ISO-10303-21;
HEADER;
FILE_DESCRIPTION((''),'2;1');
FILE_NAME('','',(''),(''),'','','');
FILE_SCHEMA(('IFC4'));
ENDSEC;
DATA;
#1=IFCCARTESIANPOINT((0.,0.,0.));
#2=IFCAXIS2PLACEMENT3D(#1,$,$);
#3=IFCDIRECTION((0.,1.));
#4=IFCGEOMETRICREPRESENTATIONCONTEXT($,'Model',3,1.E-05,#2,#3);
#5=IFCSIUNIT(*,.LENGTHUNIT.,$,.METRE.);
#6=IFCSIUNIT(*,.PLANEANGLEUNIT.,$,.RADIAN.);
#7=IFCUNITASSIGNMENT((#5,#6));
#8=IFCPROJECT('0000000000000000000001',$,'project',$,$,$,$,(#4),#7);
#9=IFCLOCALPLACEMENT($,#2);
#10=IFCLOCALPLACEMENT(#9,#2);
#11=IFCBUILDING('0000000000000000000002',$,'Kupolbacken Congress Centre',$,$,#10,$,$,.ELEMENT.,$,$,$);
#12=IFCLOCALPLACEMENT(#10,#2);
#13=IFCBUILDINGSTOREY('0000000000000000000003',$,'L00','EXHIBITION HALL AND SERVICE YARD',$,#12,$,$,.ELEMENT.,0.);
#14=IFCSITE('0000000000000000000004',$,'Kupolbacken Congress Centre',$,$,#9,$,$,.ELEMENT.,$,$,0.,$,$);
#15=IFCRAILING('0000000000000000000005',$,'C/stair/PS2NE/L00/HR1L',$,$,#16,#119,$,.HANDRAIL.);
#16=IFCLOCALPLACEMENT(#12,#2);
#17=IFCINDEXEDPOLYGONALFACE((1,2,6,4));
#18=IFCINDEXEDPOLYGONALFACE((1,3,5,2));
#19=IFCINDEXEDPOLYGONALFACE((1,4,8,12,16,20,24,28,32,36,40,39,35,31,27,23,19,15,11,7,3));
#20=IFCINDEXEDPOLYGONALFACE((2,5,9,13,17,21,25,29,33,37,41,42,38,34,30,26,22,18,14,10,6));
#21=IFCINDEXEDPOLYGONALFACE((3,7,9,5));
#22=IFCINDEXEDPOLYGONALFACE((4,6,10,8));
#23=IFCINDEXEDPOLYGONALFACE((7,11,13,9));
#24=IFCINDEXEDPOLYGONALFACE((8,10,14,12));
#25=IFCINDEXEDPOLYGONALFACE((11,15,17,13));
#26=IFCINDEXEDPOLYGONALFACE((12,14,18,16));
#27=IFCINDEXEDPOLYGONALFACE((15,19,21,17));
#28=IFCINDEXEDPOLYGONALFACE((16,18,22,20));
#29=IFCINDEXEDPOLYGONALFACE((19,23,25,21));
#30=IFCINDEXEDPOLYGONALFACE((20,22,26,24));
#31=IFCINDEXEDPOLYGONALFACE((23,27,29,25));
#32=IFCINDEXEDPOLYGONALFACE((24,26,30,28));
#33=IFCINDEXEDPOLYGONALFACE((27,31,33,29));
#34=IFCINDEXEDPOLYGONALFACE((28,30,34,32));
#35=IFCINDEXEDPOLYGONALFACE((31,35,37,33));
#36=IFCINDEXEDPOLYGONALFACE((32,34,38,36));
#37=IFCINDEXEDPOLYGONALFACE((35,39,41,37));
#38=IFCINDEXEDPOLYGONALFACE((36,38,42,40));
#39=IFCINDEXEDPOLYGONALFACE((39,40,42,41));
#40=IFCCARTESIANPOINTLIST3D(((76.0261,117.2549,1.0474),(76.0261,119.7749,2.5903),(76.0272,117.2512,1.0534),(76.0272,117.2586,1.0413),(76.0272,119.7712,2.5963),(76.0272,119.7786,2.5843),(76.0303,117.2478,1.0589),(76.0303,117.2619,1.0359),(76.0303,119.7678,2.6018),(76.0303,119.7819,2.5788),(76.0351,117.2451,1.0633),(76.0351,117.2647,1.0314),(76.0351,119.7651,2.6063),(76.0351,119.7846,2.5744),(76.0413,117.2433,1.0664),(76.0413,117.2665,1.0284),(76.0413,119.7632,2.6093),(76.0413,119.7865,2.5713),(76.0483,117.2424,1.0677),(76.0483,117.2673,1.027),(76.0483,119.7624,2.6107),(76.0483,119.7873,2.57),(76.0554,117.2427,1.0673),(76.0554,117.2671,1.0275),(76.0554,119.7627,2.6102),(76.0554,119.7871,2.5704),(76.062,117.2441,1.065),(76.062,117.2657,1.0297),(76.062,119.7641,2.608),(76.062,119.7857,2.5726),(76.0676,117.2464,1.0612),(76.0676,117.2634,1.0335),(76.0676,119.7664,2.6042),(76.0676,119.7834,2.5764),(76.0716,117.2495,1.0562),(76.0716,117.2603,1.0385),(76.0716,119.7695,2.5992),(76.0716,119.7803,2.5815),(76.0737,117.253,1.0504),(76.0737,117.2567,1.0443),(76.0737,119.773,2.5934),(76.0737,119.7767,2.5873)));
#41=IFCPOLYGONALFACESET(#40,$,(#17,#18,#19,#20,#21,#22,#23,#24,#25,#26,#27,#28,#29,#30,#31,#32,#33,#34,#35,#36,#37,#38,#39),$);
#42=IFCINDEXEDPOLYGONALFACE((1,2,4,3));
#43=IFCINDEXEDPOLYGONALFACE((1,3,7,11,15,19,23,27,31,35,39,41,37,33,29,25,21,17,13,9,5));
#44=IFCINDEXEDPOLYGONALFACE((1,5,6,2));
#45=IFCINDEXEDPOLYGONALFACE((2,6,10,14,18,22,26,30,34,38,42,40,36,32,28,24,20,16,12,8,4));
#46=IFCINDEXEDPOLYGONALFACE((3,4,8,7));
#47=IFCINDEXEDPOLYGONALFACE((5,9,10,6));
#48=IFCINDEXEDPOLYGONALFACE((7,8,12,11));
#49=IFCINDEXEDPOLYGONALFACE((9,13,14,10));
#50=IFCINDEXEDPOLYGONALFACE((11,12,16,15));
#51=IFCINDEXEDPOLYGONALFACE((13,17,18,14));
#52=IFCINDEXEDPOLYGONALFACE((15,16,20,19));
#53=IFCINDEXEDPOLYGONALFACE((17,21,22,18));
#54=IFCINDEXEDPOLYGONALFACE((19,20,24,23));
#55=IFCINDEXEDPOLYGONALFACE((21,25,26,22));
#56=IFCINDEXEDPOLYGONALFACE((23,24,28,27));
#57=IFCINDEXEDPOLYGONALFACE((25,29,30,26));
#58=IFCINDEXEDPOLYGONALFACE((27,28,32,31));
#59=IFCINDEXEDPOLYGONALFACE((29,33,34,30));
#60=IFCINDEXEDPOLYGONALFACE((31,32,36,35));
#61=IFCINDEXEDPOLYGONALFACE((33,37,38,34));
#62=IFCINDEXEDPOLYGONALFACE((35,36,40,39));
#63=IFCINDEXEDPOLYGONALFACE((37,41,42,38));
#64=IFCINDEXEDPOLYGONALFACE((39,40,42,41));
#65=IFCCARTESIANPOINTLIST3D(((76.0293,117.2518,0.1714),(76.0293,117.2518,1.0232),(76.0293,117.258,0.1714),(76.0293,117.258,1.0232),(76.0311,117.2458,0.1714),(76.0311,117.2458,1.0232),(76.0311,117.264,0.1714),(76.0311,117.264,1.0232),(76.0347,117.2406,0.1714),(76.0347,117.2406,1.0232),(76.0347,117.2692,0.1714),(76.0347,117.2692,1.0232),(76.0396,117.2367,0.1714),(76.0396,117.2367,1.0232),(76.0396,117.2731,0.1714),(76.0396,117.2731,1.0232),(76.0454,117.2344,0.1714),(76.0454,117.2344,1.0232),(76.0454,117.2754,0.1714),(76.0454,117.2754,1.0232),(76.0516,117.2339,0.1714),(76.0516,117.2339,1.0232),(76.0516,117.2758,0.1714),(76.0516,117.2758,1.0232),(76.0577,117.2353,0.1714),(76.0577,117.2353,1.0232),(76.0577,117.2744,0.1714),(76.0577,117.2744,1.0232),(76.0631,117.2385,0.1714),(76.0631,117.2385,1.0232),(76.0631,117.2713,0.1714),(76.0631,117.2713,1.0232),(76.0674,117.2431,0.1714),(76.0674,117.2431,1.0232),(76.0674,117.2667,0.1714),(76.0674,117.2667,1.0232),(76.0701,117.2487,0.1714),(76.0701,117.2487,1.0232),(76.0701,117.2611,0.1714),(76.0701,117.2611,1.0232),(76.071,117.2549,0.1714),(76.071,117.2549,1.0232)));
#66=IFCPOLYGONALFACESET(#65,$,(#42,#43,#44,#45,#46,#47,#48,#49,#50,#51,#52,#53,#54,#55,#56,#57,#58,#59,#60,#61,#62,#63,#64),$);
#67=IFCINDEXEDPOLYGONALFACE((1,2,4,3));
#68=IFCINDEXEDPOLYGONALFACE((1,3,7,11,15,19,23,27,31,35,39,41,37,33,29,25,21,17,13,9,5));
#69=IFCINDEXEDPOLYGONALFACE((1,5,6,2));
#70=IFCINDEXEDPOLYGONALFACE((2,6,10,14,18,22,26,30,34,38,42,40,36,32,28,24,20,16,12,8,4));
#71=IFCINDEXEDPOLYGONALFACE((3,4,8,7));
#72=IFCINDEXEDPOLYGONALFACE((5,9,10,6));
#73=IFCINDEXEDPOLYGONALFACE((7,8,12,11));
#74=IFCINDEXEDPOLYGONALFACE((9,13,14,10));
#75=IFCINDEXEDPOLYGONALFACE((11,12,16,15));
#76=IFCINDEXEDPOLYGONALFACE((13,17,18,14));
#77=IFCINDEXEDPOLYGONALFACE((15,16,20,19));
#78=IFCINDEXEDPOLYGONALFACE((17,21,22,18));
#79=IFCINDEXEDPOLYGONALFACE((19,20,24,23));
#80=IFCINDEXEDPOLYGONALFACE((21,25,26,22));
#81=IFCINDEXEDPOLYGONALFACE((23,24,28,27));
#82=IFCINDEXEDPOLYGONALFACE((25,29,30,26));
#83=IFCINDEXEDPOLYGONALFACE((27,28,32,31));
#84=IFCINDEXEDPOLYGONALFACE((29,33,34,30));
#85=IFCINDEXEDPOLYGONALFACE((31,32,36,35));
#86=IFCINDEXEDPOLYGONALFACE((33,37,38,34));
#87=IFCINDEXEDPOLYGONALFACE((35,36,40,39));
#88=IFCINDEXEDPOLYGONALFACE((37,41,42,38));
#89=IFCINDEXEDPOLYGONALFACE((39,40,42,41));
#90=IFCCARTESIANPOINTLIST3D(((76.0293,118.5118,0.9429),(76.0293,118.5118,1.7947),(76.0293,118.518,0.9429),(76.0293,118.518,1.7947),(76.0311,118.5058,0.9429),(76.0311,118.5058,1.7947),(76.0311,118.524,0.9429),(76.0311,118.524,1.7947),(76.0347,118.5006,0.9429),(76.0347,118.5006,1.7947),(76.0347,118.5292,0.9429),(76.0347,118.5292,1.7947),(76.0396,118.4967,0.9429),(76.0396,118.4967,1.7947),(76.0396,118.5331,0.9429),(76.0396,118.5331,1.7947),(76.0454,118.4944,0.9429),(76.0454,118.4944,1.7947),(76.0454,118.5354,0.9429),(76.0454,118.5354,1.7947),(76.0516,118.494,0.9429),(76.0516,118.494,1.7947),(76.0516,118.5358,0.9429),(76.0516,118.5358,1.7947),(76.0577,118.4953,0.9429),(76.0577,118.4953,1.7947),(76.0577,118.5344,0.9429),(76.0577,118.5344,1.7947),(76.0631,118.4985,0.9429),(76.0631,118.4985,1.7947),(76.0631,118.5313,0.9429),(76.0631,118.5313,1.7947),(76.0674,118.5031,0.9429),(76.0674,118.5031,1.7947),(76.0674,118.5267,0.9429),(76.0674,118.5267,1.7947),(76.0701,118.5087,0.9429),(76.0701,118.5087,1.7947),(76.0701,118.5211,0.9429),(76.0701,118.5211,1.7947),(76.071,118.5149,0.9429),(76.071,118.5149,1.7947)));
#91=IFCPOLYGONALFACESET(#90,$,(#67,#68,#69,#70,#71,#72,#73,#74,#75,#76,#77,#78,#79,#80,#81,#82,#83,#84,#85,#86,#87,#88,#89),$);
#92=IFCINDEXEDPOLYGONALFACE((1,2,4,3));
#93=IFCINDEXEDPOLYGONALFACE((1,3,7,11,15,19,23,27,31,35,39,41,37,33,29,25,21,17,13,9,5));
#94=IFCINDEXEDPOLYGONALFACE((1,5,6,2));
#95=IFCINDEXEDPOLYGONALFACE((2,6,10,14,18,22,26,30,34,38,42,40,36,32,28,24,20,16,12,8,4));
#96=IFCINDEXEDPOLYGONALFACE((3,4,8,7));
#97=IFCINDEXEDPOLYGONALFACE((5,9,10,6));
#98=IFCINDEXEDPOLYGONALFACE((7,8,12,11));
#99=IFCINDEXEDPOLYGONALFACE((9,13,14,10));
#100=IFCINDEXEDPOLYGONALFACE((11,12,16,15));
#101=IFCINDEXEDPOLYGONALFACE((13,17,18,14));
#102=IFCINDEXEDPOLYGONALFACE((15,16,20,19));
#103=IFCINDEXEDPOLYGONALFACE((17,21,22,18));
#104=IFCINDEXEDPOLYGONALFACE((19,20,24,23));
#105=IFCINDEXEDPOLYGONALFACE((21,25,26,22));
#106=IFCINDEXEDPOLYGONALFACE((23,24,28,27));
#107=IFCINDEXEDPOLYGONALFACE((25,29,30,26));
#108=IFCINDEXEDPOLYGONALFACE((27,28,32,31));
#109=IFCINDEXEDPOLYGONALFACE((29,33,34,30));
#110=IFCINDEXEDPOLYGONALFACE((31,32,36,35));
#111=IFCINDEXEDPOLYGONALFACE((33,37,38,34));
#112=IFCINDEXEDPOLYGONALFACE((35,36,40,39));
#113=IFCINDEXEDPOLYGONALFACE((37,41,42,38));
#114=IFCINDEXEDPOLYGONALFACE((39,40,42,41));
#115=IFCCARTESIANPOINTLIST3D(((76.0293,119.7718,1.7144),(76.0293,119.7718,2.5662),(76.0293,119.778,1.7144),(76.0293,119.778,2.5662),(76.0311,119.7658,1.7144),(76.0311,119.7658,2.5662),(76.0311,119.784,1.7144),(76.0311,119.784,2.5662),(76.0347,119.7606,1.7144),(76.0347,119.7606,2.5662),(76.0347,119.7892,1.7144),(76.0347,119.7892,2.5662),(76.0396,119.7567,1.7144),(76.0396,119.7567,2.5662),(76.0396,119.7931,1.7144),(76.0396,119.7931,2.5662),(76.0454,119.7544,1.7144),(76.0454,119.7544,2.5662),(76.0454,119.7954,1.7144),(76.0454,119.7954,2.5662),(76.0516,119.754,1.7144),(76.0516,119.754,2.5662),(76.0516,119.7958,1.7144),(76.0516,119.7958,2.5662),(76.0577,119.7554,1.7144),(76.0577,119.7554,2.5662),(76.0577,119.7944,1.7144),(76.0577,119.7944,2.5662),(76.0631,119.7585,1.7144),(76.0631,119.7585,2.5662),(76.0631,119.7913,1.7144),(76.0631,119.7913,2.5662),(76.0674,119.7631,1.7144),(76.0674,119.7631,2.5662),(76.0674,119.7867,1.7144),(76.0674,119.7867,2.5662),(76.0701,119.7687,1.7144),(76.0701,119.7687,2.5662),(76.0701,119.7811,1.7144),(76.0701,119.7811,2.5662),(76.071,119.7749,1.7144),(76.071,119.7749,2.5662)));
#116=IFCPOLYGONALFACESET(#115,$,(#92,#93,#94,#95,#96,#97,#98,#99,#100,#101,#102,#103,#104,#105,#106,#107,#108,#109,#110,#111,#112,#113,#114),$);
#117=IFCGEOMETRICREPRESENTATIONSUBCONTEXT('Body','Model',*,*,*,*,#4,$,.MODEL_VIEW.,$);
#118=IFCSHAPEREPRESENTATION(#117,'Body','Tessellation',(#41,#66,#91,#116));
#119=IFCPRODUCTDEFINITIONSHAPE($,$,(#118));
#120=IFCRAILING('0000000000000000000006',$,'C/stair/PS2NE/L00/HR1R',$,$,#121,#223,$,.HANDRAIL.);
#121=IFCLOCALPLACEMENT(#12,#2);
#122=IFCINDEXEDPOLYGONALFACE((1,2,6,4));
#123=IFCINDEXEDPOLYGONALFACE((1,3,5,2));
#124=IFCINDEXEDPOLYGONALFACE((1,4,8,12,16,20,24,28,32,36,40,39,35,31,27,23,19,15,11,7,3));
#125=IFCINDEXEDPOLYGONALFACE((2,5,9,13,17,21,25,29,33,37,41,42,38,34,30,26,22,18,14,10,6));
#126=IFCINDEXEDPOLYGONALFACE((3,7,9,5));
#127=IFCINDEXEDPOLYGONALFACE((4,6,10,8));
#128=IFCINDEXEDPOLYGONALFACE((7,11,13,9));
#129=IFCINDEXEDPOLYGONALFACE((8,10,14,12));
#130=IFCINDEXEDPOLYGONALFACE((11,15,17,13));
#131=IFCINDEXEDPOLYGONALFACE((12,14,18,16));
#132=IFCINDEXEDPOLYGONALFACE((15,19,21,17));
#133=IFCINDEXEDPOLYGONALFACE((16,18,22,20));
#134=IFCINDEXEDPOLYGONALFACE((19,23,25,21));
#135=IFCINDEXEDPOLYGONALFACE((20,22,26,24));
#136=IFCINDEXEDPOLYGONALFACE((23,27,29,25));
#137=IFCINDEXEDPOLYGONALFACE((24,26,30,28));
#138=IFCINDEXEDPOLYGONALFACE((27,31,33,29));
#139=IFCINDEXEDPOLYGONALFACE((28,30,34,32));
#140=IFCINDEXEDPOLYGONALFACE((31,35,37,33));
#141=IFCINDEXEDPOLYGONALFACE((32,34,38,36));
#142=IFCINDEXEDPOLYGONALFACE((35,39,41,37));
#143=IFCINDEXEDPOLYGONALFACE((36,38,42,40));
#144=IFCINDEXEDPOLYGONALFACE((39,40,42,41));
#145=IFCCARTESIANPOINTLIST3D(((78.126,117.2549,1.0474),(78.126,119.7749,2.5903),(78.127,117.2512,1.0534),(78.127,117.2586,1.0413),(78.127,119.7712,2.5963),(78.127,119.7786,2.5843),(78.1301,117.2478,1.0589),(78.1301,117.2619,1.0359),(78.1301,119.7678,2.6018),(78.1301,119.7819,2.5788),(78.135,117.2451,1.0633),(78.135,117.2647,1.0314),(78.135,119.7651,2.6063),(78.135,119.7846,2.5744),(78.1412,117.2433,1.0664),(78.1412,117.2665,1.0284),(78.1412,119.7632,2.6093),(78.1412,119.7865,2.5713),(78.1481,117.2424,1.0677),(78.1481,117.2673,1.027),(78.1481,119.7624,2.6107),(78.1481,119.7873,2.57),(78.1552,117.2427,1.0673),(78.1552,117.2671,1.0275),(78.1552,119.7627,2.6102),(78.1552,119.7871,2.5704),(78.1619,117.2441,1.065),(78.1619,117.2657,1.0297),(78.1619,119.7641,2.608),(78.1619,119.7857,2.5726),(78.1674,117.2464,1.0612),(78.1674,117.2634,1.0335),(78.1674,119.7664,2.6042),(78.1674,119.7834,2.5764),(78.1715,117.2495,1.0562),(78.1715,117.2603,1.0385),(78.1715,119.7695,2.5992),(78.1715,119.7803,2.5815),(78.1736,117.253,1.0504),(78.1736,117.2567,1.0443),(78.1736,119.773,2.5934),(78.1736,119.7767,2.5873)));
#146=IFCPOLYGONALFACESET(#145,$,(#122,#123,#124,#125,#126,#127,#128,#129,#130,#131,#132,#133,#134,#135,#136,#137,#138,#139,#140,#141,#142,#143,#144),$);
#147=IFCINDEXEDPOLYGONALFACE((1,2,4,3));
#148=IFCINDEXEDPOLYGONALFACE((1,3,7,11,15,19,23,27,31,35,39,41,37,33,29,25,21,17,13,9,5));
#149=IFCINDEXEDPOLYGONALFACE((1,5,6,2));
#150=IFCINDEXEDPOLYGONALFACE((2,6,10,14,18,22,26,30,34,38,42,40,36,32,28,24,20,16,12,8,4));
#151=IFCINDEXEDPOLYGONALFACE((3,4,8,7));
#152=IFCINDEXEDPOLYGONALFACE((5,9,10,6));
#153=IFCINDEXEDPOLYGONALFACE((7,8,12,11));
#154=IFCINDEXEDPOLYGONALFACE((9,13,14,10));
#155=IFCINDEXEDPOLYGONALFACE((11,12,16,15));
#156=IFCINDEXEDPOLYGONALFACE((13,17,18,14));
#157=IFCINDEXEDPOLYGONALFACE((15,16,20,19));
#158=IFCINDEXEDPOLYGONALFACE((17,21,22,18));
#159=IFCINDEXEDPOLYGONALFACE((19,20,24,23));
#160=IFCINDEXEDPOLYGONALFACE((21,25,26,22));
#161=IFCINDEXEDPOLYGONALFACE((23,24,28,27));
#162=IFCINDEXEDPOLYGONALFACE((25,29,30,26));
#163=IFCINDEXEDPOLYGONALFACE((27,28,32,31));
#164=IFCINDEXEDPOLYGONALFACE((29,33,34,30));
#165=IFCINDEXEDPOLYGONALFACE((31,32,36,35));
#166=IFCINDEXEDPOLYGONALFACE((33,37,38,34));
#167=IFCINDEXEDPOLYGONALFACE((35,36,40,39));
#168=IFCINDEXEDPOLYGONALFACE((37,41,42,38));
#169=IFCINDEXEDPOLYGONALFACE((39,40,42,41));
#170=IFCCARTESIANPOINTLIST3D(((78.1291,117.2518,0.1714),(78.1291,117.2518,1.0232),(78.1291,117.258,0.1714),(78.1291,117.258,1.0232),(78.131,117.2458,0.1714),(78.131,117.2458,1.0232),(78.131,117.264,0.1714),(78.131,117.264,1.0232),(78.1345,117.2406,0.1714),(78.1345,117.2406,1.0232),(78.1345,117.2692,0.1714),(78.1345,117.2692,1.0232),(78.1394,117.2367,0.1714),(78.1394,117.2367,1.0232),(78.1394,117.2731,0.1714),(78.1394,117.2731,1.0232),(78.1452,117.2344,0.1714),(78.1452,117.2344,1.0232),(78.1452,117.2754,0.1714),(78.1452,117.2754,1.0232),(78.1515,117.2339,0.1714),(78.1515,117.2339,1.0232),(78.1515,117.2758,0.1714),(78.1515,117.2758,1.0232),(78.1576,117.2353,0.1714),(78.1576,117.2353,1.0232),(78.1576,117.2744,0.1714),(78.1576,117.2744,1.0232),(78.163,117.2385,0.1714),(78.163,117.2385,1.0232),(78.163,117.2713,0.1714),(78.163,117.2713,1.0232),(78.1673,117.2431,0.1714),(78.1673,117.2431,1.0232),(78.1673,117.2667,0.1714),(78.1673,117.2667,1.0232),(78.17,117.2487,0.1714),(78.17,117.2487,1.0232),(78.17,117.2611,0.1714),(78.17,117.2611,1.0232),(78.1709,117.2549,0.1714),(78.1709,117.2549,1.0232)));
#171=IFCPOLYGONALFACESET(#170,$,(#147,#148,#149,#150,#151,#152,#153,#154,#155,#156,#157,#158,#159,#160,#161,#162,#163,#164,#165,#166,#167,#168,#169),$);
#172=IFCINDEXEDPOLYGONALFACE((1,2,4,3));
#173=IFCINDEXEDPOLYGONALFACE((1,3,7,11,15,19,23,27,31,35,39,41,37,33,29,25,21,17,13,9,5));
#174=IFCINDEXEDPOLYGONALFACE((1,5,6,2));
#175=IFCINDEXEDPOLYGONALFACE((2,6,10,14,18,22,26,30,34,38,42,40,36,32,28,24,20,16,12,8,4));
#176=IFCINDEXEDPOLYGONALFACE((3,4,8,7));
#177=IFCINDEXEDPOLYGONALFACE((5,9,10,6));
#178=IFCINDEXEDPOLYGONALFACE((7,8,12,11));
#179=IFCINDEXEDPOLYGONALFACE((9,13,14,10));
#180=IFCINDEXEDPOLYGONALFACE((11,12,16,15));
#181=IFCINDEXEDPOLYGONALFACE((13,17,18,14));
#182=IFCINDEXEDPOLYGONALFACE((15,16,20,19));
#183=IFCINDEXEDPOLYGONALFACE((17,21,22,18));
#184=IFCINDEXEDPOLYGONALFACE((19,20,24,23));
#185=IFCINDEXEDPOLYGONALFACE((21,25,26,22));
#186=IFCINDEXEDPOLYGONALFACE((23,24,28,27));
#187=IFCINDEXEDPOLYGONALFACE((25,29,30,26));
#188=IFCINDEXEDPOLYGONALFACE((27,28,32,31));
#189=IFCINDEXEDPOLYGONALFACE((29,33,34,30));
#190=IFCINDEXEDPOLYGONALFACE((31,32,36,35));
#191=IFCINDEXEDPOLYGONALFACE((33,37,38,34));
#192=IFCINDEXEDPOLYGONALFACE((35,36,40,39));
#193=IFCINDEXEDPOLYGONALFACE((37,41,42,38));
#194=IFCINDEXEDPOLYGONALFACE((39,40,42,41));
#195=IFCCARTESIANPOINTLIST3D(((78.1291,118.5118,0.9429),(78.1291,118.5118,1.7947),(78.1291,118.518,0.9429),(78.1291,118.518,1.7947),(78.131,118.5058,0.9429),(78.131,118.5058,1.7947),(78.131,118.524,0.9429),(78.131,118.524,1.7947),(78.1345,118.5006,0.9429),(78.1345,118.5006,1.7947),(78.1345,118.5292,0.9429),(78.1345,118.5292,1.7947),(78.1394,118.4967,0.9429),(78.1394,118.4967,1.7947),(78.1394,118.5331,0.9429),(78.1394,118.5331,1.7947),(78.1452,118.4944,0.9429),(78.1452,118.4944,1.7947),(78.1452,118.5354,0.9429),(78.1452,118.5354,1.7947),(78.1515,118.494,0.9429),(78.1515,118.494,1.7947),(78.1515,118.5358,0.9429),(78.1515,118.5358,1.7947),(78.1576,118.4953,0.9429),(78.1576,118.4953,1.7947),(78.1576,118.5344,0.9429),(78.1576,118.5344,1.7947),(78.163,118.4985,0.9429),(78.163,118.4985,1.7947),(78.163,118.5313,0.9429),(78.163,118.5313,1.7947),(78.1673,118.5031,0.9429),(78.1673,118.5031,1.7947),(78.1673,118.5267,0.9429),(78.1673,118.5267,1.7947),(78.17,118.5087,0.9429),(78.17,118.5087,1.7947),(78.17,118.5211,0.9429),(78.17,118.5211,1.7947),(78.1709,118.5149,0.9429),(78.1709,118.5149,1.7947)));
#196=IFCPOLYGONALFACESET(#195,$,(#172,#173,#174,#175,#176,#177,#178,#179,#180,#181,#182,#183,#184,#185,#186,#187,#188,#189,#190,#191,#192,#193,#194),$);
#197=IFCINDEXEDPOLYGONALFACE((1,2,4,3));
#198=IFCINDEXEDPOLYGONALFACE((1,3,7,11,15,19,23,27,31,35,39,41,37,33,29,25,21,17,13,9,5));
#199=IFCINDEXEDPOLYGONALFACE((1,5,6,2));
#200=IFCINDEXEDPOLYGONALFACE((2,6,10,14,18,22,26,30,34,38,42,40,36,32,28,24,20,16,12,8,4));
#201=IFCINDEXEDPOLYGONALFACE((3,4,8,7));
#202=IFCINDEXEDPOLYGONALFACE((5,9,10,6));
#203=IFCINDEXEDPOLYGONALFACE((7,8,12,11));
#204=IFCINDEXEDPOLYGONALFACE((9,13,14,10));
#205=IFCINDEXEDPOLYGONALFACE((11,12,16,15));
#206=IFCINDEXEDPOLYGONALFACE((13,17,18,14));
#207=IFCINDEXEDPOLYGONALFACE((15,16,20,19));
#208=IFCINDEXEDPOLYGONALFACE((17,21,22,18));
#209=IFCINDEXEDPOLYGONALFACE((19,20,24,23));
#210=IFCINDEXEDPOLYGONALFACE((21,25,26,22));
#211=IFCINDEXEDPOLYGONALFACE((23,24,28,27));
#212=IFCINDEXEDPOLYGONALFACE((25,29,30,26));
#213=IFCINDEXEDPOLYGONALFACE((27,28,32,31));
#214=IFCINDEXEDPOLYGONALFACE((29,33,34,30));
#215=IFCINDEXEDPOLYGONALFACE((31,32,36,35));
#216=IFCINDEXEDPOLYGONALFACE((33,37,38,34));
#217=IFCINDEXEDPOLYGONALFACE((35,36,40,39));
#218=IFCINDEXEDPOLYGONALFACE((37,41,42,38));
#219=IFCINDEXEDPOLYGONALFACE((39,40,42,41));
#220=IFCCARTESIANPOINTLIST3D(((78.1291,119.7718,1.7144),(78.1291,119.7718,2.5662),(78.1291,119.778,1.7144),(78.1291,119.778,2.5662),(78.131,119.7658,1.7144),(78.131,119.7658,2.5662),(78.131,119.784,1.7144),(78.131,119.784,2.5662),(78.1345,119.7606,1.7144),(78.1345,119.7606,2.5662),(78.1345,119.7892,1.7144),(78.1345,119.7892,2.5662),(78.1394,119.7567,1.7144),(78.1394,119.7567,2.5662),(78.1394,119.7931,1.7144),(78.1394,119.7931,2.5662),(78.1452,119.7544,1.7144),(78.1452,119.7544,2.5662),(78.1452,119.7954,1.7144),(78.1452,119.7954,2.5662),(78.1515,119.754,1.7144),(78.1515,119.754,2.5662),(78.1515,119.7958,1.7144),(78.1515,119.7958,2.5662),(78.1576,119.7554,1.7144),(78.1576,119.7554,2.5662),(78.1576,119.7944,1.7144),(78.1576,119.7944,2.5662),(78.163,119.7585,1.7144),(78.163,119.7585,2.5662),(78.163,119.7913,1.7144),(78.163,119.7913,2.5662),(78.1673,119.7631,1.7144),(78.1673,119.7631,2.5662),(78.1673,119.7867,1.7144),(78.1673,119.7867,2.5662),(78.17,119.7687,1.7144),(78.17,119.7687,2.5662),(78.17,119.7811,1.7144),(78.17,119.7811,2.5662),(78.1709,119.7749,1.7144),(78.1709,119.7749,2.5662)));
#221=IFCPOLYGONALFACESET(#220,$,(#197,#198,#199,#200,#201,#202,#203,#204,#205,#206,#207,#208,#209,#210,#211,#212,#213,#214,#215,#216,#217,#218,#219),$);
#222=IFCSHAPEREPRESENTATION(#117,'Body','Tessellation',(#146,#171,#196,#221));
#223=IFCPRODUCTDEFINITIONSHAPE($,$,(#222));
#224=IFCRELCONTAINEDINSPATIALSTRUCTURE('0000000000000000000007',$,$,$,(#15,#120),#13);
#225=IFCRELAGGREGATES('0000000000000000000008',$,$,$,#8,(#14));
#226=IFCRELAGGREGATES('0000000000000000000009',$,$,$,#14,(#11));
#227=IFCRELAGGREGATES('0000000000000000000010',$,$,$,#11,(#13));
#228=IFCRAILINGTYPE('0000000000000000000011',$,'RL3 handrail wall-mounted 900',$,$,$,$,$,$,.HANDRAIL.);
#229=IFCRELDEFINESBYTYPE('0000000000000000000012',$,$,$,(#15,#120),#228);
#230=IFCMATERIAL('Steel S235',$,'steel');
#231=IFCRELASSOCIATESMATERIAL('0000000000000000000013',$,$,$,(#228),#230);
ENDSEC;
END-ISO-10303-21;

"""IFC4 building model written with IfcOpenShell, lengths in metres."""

from ifc_helpers import new_model, si_unit, direction, frame, origin, origin_2d, place, context, subcontext, project, spatial, circle, extrude, material, type_object, element, save


model = new_model("IFC4")

# Units and contexts
model_context = context("Model", 3, precision=1e-05, world=origin(), true_north=direction((0.0, 1.0)))
body_context = subcontext(model_context, "Body", "Model", "MODEL_VIEW")
ifc_project = project(units=[si_unit("LENGTHUNIT", "METRE"), si_unit("PLANEANGLEUNIT", "RADIAN")], contexts=[model_context])

# Site, building, storey
site_placement = place(None, origin())
site = spatial("IfcSite", under=ifc_project, at=site_placement, Name="Kupolbacken Congress Centre", CompositionType="ELEMENT", RefElevation=0.0)
building_placement = place(site_placement, origin())
building = spatial("IfcBuilding", under=site, at=building_placement, Name="Kupolbacken Congress Centre", CompositionType="ELEMENT")
storey_placement = place(building_placement, origin())
storey = spatial("IfcBuildingStorey", under=building, at=storey_placement, Name="L00", Description="EXHIBITION HALL AND SERVICE YARD", CompositionType="ELEMENT", Elevation=0.0)

# Railings
ifc_material_1 = material(Name="Steel S235", Category="steel")
railing_type = type_object("IfcRailingType", Name="RL3 handrail wall-mounted 900", PredefinedType="HANDRAIL", material=ifc_material_1)
for number, where, name in (
    (1, (76.05, 117.2549, 0.1714), "C/stair/PS2NE/L00/HR1L"),
    (2, (78.1499, 117.2549, 0.1714), "C/stair/PS2NE/L00/HR1R"),
):
    element("IfcRailing", number, at=place(storey_placement, frame(where)), inside=storey, type_object=railing_type, Name=name, PredefinedType="HANDRAIL", context=body_context, shape_type="SweptSolid", body=[
        extrude(circle(Radius=0.0239, at=origin_2d()), frame((0.0, 0.0, 0.876), z_axis=(0.0, 0.852836, 0.522178), x_axis=(-1.0, 0.0, 0.0)), (0.0, 0.0, 1.0), 2.9548),
        extrude(circle(Radius=0.021, at=origin_2d()), origin(), (0.0, 0.0, 1.0), 0.8518),
        extrude(circle(Radius=0.021, at=origin_2d()), frame((0.0, 1.26, 0.7715)), (0.0, 0.0, 1.0), 0.8518),
        extrude(circle(Radius=0.021, at=origin_2d()), frame((0.0, 2.52, 1.543)), (0.0, 0.0, 1.0), 0.8518),
    ])

save(model, "model.ifc")
